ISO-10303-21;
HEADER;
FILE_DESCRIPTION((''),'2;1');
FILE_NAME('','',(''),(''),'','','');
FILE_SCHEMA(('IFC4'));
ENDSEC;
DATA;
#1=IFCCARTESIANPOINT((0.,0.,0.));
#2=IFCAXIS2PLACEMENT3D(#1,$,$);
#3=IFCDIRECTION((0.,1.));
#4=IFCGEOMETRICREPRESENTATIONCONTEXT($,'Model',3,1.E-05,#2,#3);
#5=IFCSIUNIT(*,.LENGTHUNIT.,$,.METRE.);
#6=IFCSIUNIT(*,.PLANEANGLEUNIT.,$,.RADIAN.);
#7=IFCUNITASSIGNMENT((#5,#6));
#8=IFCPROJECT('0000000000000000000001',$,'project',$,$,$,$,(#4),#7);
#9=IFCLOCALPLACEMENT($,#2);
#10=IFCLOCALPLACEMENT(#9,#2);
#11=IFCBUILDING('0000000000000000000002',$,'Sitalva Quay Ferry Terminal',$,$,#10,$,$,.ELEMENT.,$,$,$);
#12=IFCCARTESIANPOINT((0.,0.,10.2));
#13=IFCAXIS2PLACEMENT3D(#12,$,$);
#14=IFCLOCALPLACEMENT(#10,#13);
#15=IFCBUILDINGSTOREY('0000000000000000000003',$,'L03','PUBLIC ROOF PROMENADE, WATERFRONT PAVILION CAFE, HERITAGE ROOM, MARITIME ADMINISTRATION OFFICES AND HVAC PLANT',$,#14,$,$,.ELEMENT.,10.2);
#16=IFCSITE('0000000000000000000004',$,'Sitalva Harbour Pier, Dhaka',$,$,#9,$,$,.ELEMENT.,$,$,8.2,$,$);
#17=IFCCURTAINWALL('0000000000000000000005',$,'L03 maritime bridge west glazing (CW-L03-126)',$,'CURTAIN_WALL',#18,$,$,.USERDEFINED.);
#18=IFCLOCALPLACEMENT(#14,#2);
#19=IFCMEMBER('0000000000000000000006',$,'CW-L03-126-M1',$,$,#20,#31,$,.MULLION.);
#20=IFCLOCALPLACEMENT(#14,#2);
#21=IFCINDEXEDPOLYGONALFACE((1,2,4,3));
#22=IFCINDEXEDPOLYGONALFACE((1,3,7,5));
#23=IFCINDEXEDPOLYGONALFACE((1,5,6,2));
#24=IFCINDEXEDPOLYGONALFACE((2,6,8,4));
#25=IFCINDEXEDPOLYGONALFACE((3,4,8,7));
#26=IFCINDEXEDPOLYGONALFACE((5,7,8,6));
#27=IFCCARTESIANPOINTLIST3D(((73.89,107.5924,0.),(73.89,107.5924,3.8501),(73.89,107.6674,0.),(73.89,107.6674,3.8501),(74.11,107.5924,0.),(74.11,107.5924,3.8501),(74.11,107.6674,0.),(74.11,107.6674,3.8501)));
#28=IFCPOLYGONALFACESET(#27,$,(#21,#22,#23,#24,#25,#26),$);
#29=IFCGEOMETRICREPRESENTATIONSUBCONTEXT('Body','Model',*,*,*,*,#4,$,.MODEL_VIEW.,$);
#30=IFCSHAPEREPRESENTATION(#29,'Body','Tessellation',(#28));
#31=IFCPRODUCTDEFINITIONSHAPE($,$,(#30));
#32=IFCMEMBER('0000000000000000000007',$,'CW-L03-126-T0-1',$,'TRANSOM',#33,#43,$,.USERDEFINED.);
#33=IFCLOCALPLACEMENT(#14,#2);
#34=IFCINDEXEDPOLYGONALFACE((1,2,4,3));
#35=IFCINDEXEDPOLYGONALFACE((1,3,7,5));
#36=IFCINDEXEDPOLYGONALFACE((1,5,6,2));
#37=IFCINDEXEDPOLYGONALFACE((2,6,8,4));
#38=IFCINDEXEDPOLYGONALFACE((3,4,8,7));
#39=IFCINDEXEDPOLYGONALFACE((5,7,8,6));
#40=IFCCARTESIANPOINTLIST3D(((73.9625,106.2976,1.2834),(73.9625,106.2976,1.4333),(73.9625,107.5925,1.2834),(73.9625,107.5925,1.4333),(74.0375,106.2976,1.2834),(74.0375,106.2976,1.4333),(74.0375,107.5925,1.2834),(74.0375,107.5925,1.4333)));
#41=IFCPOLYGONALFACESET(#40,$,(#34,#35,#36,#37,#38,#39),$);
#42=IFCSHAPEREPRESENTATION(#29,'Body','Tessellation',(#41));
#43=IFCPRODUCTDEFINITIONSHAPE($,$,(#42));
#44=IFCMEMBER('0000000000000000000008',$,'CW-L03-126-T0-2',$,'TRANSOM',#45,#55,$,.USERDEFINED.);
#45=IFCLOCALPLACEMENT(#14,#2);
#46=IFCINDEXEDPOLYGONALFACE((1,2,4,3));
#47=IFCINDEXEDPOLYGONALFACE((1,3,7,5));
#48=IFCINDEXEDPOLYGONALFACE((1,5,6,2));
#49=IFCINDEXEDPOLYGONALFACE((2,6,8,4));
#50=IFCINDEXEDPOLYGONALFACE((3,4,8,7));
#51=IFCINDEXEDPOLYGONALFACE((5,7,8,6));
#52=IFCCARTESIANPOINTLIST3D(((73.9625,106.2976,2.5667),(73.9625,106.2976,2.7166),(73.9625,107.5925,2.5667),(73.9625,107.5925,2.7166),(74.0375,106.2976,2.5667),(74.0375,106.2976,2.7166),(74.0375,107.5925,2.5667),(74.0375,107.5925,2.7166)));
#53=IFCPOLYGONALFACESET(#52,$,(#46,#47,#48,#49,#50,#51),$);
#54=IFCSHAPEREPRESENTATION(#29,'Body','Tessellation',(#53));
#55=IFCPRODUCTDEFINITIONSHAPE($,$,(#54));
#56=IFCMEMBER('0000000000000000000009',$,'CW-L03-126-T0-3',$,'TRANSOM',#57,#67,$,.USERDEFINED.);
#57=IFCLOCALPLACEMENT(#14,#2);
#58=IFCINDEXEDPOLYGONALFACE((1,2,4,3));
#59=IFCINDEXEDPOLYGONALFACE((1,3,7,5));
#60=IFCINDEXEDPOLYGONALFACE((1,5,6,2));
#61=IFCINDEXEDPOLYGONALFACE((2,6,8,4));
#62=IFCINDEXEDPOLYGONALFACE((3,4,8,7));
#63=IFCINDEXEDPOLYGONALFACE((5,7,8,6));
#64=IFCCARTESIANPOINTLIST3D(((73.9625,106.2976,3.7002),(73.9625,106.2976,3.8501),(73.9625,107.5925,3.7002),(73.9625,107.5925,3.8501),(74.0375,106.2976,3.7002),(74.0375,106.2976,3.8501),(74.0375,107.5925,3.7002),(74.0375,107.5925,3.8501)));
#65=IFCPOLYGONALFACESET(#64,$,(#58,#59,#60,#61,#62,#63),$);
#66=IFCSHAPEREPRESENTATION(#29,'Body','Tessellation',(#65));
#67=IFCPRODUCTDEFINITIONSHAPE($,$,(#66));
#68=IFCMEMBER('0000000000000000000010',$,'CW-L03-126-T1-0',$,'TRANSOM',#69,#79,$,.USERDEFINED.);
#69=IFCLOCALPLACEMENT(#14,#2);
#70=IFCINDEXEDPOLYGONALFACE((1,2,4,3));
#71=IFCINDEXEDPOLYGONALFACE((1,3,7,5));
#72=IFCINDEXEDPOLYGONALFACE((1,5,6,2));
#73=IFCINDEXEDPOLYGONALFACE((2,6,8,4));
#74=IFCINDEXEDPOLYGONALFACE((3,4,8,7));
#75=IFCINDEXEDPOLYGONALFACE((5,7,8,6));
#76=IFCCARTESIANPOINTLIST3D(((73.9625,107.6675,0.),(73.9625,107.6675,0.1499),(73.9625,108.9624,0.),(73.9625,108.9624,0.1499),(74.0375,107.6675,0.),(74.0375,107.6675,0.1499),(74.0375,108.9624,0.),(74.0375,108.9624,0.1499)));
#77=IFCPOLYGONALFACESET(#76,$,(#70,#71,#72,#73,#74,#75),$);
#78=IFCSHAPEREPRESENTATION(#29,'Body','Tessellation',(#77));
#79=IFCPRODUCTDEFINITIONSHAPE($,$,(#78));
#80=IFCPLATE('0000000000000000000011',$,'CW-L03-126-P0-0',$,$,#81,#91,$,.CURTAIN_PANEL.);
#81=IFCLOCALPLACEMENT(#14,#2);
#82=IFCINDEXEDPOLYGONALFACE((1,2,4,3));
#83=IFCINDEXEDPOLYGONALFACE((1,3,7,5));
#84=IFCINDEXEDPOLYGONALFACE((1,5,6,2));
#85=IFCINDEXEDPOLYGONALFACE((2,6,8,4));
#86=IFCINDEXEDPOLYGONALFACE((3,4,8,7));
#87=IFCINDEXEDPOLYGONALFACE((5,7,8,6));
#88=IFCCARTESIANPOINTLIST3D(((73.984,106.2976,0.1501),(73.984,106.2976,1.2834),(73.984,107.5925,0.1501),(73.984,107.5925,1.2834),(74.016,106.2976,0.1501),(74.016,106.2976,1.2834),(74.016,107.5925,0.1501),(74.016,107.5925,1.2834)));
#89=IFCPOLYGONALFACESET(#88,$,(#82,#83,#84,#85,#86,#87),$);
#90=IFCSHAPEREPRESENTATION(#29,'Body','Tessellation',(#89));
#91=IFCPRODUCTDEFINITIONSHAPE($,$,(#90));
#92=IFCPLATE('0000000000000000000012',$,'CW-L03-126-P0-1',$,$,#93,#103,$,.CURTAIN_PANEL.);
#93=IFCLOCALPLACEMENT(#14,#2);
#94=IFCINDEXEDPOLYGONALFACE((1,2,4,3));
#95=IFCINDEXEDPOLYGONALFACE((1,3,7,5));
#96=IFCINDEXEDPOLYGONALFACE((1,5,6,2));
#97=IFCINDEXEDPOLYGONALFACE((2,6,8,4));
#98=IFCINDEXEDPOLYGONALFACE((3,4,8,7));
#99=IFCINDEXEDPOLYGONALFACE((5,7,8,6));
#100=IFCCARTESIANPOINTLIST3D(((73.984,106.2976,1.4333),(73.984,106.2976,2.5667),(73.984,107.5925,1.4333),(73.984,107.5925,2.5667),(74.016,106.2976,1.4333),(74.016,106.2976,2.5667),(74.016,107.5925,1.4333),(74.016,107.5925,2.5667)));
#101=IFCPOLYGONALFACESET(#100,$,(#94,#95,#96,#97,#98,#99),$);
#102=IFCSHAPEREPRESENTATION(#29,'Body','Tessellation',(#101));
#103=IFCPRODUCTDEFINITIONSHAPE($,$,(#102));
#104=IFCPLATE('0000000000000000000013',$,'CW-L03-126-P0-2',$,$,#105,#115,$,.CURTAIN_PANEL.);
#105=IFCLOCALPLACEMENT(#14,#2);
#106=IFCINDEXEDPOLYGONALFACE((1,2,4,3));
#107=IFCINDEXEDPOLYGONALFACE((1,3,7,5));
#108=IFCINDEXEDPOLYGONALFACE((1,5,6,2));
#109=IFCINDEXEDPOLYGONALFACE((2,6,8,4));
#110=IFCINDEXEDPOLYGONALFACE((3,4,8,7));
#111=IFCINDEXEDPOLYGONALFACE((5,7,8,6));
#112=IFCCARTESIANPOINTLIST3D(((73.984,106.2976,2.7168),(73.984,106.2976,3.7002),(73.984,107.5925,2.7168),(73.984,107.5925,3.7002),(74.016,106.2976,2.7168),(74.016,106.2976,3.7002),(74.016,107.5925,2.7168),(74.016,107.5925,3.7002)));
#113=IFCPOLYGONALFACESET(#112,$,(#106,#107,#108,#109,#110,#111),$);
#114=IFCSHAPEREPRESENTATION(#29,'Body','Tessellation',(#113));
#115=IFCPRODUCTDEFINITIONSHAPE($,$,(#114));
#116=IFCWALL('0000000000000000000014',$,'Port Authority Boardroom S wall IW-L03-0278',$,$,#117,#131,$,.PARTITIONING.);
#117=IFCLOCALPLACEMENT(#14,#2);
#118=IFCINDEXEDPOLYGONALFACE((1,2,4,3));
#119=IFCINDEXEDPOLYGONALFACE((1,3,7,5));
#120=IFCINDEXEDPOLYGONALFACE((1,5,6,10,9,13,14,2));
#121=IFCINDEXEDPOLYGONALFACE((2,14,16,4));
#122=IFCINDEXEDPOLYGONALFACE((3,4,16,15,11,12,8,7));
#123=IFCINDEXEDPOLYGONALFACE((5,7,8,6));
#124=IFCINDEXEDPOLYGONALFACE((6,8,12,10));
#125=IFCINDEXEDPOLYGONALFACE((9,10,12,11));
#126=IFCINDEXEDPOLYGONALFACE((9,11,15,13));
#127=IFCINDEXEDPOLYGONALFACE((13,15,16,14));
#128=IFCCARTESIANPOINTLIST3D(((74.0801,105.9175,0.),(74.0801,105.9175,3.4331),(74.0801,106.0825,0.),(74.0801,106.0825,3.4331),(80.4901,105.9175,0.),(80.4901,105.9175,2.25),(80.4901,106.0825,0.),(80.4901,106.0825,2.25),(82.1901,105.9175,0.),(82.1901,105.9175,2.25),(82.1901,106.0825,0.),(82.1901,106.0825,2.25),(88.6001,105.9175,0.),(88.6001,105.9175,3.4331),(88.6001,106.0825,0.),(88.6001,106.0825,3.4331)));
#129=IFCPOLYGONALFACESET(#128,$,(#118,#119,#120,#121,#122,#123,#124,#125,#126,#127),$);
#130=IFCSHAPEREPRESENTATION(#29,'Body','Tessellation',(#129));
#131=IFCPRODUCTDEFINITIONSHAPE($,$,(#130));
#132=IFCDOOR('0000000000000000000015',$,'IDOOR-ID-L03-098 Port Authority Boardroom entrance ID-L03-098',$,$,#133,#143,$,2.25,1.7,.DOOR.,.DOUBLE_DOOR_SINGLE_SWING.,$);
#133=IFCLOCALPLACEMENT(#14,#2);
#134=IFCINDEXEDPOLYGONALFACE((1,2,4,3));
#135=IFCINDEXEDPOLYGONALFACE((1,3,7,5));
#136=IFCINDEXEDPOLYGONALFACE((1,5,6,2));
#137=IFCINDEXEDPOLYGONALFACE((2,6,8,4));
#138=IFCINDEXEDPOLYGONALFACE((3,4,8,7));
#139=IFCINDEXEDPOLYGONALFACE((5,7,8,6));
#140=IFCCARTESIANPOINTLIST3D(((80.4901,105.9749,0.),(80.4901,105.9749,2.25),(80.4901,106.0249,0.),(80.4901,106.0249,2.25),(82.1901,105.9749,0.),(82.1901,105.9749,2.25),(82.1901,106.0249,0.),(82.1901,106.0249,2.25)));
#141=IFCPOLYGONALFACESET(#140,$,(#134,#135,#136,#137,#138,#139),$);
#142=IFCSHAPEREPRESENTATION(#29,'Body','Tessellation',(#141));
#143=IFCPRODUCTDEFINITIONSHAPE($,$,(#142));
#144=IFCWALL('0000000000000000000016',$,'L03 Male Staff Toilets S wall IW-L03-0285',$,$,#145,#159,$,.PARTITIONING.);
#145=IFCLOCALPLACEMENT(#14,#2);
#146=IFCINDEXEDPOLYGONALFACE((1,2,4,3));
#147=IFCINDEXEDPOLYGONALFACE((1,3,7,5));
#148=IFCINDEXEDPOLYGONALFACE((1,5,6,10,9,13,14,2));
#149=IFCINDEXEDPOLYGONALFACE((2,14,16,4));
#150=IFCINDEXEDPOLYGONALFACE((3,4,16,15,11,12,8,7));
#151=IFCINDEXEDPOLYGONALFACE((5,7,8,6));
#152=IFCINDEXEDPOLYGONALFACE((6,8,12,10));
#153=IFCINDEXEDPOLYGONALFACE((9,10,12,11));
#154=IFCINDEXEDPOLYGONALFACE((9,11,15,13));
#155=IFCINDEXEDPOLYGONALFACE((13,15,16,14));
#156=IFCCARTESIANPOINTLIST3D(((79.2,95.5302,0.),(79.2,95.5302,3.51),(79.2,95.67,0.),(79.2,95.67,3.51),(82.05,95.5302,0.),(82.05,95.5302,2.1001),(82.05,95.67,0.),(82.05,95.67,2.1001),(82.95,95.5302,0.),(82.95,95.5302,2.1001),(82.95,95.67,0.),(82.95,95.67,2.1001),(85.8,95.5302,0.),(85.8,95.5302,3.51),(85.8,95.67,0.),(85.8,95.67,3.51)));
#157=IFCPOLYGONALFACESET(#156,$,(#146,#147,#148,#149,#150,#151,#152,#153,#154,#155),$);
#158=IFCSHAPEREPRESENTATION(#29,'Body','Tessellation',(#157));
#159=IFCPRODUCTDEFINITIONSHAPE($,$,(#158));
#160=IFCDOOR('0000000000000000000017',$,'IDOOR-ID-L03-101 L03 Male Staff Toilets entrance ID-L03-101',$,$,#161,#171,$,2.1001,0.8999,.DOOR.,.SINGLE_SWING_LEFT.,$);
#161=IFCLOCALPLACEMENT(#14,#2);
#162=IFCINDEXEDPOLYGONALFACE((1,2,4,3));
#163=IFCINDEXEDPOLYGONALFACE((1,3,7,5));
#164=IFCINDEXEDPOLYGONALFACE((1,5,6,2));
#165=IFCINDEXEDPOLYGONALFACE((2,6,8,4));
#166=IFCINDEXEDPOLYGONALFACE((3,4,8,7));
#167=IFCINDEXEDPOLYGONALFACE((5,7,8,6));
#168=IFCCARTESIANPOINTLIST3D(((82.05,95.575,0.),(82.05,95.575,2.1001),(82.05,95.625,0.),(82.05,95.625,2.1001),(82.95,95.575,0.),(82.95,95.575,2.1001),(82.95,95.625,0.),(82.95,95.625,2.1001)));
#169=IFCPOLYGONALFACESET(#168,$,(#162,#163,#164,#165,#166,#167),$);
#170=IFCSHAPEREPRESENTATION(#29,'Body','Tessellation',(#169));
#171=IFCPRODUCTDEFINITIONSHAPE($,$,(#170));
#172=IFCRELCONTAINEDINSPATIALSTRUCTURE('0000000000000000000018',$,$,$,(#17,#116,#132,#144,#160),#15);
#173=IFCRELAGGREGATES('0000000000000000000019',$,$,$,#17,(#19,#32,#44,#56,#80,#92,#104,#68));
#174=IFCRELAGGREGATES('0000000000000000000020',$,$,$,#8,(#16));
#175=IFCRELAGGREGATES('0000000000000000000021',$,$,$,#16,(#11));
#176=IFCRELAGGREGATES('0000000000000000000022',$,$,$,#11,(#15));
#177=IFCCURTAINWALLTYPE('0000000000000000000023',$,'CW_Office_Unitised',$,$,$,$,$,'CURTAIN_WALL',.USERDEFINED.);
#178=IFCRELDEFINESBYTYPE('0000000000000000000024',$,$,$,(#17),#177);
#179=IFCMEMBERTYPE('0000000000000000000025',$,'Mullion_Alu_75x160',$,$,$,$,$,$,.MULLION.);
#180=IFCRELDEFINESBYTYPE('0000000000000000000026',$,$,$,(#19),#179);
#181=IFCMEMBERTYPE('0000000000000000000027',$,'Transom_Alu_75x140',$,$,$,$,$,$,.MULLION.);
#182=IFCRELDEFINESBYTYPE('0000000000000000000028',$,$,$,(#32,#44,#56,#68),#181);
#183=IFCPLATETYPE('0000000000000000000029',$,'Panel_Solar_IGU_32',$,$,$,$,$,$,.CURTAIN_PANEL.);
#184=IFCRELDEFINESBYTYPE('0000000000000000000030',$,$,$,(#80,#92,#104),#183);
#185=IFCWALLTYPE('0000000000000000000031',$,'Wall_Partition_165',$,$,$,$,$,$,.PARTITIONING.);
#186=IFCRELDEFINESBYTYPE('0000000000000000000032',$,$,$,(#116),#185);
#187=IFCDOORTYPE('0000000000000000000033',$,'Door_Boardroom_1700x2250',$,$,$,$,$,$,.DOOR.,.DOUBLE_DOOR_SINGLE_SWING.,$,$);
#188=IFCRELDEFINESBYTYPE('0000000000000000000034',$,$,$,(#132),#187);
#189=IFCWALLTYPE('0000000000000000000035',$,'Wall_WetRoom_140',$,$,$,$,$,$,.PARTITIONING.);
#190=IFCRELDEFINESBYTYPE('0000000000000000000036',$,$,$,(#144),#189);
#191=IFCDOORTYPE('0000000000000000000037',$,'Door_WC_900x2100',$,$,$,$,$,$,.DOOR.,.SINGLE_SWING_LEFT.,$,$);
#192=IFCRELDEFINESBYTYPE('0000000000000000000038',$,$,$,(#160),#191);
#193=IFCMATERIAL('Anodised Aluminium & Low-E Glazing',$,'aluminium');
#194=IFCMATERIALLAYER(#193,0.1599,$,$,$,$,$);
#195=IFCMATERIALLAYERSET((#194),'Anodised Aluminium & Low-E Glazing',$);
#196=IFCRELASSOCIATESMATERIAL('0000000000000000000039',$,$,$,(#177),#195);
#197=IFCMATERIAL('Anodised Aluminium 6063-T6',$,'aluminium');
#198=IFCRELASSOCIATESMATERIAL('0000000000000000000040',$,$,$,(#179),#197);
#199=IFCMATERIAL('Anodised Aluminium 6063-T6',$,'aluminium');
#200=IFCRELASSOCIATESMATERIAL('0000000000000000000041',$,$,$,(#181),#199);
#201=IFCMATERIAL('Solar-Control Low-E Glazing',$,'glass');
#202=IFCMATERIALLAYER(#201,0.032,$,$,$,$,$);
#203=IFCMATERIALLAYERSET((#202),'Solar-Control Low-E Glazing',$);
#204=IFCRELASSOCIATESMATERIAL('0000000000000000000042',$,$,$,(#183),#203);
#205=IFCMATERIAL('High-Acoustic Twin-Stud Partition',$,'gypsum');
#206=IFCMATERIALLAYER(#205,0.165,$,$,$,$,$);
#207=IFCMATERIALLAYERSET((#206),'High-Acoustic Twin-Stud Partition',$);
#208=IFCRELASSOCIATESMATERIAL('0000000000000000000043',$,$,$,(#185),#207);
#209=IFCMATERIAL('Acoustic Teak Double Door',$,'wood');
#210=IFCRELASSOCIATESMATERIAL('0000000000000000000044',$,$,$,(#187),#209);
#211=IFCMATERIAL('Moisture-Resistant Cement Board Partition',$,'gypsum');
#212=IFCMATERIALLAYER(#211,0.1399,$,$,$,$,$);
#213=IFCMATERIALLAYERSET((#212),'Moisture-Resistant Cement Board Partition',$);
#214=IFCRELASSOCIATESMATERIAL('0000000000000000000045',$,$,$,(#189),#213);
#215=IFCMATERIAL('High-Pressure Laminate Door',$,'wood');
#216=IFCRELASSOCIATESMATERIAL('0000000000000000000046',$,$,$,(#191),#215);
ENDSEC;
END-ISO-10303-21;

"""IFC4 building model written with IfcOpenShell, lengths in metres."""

from ifc_helpers import new_model, si_unit, direction, frame, frame_2d, origin, origin_2d, place, context, subcontext, project, spatial, rectangle, extrude, material, layer, layer_set, material_profile, profile_set, type_object, element, fill, aggregate, save


model = new_model("IFC4")

# Units and contexts
model_context = context("Model", 3, precision=1e-05, world=origin(), true_north=direction((0.0, 1.0)))
body_context = subcontext(model_context, "Body", "Model", "MODEL_VIEW")
ifc_project = project(units=[si_unit("LENGTHUNIT", "METRE"), si_unit("PLANEANGLEUNIT", "RADIAN")], contexts=[model_context])

# Site, building, storey
site_placement = place(None, origin())
site = spatial("IfcSite", under=ifc_project, at=site_placement, Name="Sitalva Harbour Pier, Dhaka", CompositionType="ELEMENT", RefElevation=8.2)
building_placement = place(site_placement, origin())
building = spatial("IfcBuilding", under=site, at=building_placement, Name="Sitalva Quay Ferry Terminal", CompositionType="ELEMENT")
storey_placement = place(building_placement, frame((0.0, 0.0, 10.2)))
storey = spatial("IfcBuildingStorey", under=building, at=storey_placement, Name="L03", Description="PUBLIC ROOF PROMENADE, WATERFRONT PAVILION CAFE, HERITAGE ROOM, MARITIME ADMINISTRATION OFFICES AND HVAC PLANT", CompositionType="ELEMENT", Elevation=10.2)

# Curtain wall, members, plates
ifc_material_1 = material(Name="Anodised Aluminium & Low-E Glazing", Category="aluminium")
ifc_layer_1 = layer(ifc_material_1, 0.1599)
ifc_layer_set_1 = layer_set([ifc_layer_1], Name="Anodised Aluminium & Low-E Glazing")
curtain_wall_type = type_object("IfcCurtainWallType", Name="CW_Office_Unitised", ElementType="CURTAIN_WALL", PredefinedType="USERDEFINED", material=ifc_layer_set_1)
curtain_wall_placement = place(storey_placement, origin())
curtain_wall = element("IfcCurtainWall", 1, at=curtain_wall_placement, inside=storey, type_object=curtain_wall_type, Name="L03 maritime bridge west glazing (CW-L03-126)", ObjectType="CURTAIN_WALL", PredefinedType="USERDEFINED")
ifc_material_2 = material(Name="Anodised Aluminium 6063-T6", Category="aluminium")
ifc_material_profile_1 = material_profile(ifc_material_2, rectangle(XDim=0.075, YDim=0.22, at=origin_2d()), Name="ALU75x220")
ifc_profile_set_1 = profile_set([ifc_material_profile_1], Name="Anodised Aluminium 6063-T6")
member_type_1 = type_object("IfcMemberType", Name="Mullion_Alu_75x160", PredefinedType="MULLION", material=ifc_profile_set_1)
member_1_placement = place(storey_placement, frame((74.0, 107.6299, 0.0), z_axis=(0.0, 0.0, 1.0), x_axis=(0.0, 1.0, 0.0)))
member_1 = element("IfcMember", 2, at=member_1_placement, type_object=member_type_1, Name="CW-L03-126-M1", PredefinedType="MULLION", context=body_context, shape_type="SweptSolid", body=[
    extrude(rectangle(XDim=0.075, YDim=0.22, at=origin_2d()), origin(), (0.0, 0.0, 1.0), 3.8501),
])
ifc_material_3 = material(Name="Anodised Aluminium 6063-T6", Category="aluminium")
ifc_material_profile_2 = material_profile(ifc_material_3, rectangle(XDim=0.075, YDim=0.1499, at=origin_2d()), Name="ALU75x150")
ifc_profile_set_2 = profile_set([ifc_material_profile_2], Name="Anodised Aluminium 6063-T6")
member_type_2 = type_object("IfcMemberType", Name="Transom_Alu_75x140", PredefinedType="MULLION", material=ifc_profile_set_2)
member_2_placement = place(storey_placement, frame((74.0, 106.2976, 1.3584), z_axis=(0.0, 1.0, 0.0), x_axis=(-1.0, 0.0, 0.0)))
member_2 = element("IfcMember", 3, at=member_2_placement, type_object=member_type_2, Name="CW-L03-126-T0-1", ObjectType="TRANSOM", PredefinedType="USERDEFINED", context=body_context, shape_type="SweptSolid", body=[
    extrude(rectangle(XDim=0.075, YDim=0.1499, at=origin_2d()), origin(), (0.0, 0.0, 1.0), 1.2949),
])
member_3_placement = place(storey_placement, frame((74.0, 106.2976, 2.6416), z_axis=(0.0, 1.0, 0.0), x_axis=(-1.0, 0.0, 0.0)))
member_3 = element("IfcMember", 4, at=member_3_placement, type_object=member_type_2, Name="CW-L03-126-T0-2", ObjectType="TRANSOM", PredefinedType="USERDEFINED", context=body_context, shape_type="SweptSolid", body=[
    extrude(rectangle(XDim=0.075, YDim=0.1499, at=origin_2d()), origin(), (0.0, 0.0, 1.0), 1.2949),
])
member_4_placement = place(storey_placement, frame((74.0, 106.2976, 3.7751), z_axis=(0.0, 1.0, 0.0), x_axis=(-1.0, 0.0, 0.0)))
member_4 = element("IfcMember", 5, at=member_4_placement, type_object=member_type_2, Name="CW-L03-126-T0-3", ObjectType="TRANSOM", PredefinedType="USERDEFINED", context=body_context, shape_type="SweptSolid", body=[
    extrude(rectangle(XDim=0.075, YDim=0.1499, at=origin_2d()), origin(), (0.0, 0.0, 1.0), 1.2949),
])
member_5_placement = place(storey_placement, frame((74.0, 107.6675, 0.075), z_axis=(0.0, 1.0, 0.0), x_axis=(-1.0, 0.0, 0.0)))
member_5 = element("IfcMember", 6, at=member_5_placement, type_object=member_type_2, Name="CW-L03-126-T1-0", ObjectType="TRANSOM", PredefinedType="USERDEFINED", context=body_context, shape_type="SweptSolid", body=[
    extrude(rectangle(XDim=0.075, YDim=0.1499, at=origin_2d()), origin(), (0.0, 0.0, 1.0), 1.2949),
])
ifc_material_4 = material(Name="Solar-Control Low-E Glazing", Category="glass")
ifc_layer_2 = layer(ifc_material_4, 0.032)
ifc_layer_set_2 = layer_set([ifc_layer_2], Name="Solar-Control Low-E Glazing")
plate_type = type_object("IfcPlateType", Name="Panel_Solar_IGU_32", PredefinedType="CURTAIN_PANEL", material=ifc_layer_set_2)
plate_1_placement = place(storey_placement, frame((74.0, 106.9451, 0.1501), z_axis=(0.0, 0.0, 1.0), x_axis=(0.0, 1.0, 0.0)))
plate_1 = element("IfcPlate", 7, at=plate_1_placement, type_object=plate_type, Name="CW-L03-126-P0-0", PredefinedType="CURTAIN_PANEL", context=body_context, shape_type="SweptSolid", body=[
    extrude(rectangle(XDim=1.2949, YDim=0.032, at=origin_2d()), origin(), (0.0, 0.0, 1.0), 1.1333),
])
plate_2_placement = place(storey_placement, frame((74.0, 106.9451, 1.4333), z_axis=(0.0, 0.0, 1.0), x_axis=(0.0, 1.0, 0.0)))
plate_2 = element("IfcPlate", 8, at=plate_2_placement, type_object=plate_type, Name="CW-L03-126-P0-1", PredefinedType="CURTAIN_PANEL", context=body_context, shape_type="SweptSolid", body=[
    extrude(rectangle(XDim=1.2949, YDim=0.032, at=origin_2d()), origin(), (0.0, 0.0, 1.0), 1.1333),
])
plate_3_placement = place(storey_placement, frame((74.0, 106.9451, 2.7168), z_axis=(0.0, 0.0, 1.0), x_axis=(0.0, 1.0, 0.0)))
plate_3 = element("IfcPlate", 9, at=plate_3_placement, type_object=plate_type, Name="CW-L03-126-P0-2", PredefinedType="CURTAIN_PANEL", context=body_context, shape_type="SweptSolid", body=[
    extrude(rectangle(XDim=1.2949, YDim=0.032, at=origin_2d()), origin(), (0.0, 0.0, 1.0), 0.9834),
])
aggregate(curtain_wall, [member_1, member_2, member_3, member_4, plate_1, plate_2, plate_3, member_5])

# Walls, openings, doors
ifc_material_5 = material(Name="High-Acoustic Twin-Stud Partition", Category="gypsum")
ifc_layer_3 = layer(ifc_material_5, 0.165)
ifc_layer_set_3 = layer_set([ifc_layer_3], Name="High-Acoustic Twin-Stud Partition")
wall_type_1 = type_object("IfcWallType", Name="Wall_Partition_165", PredefinedType="PARTITIONING", material=ifc_layer_set_3)
wall_1_placement = place(storey_placement, frame((74.0801, 106.0, 0.0), z_axis=(0.0, 0.0, 1.0), x_axis=(1.0, 0.0, 0.0)))
wall_1 = element("IfcWall", 10, at=wall_1_placement, inside=storey, type_object=wall_type_1, Name="Port Authority Boardroom S wall IW-L03-0278", PredefinedType="PARTITIONING", context=body_context, shape_type="SweptSolid", body=[
    extrude(rectangle(XDim=14.52, YDim=0.165, at=frame_2d((7.26, 0.0))), origin(), (0.0, 0.0, 1.0), 3.4331),
])
opening_1_placement = place(wall_1_placement, frame((6.4099, 0.0, 0.0)))
opening_1 = element("IfcOpeningElement", 11, at=opening_1_placement, cuts=wall_1, PredefinedType="OPENING", context=body_context, shape_type="SweptSolid", body=[
    extrude(rectangle(XDim=1.7, YDim=2.25, at=frame_2d((0.8501, 1.125))), frame((0.0, 0.0925, 0.0), z_axis=(0.0, -1.0, 0.0), x_axis=(1.0, 0.0, 0.0)), (0.0, 0.0, 1.0), 0.1851),
])
ifc_material_6 = material(Name="Acoustic Teak Double Door", Category="wood")
door_type_1 = type_object("IfcDoorType", Name="Door_Boardroom_1700x2250", OperationType="DOUBLE_DOOR_SINGLE_SWING", PredefinedType="DOOR", material=ifc_material_6)
door_1_placement = place(opening_1_placement, origin())
door_1 = element("IfcDoor", 12, at=door_1_placement, inside=storey, type_object=door_type_1, Name="IDOOR-ID-L03-098 Port Authority Boardroom entrance ID-L03-098", OperationType="DOUBLE_DOOR_SINGLE_SWING", OverallHeight=2.25, OverallWidth=1.7, PredefinedType="DOOR", context=body_context, shape_type="SweptSolid", body=[
    extrude(rectangle(XDim=1.7, YDim=2.25, at=frame_2d((0.8501, 1.125))), frame((0.0, 0.0249, 0.0), z_axis=(0.0, -1.0, 0.0), x_axis=(1.0, 0.0, 0.0)), (0.0, 0.0, 1.0), 0.05),
])
fill(opening_1, door_1)
ifc_material_7 = material(Name="Moisture-Resistant Cement Board Partition", Category="gypsum")
ifc_layer_4 = layer(ifc_material_7, 0.1399)
ifc_layer_set_4 = layer_set([ifc_layer_4], Name="Moisture-Resistant Cement Board Partition")
wall_type_2 = type_object("IfcWallType", Name="Wall_WetRoom_140", PredefinedType="PARTITIONING", material=ifc_layer_set_4)
wall_2_placement = place(storey_placement, frame((79.2, 95.6001, 0.0), z_axis=(0.0, 0.0, 1.0), x_axis=(1.0, 0.0, 0.0)))
wall_2 = element("IfcWall", 13, at=wall_2_placement, inside=storey, type_object=wall_type_2, Name="L03 Male Staff Toilets S wall IW-L03-0285", PredefinedType="PARTITIONING", context=body_context, shape_type="SweptSolid", body=[
    extrude(rectangle(XDim=6.6001, YDim=0.1399, at=frame_2d((3.3, 0.0))), origin(), (0.0, 0.0, 1.0), 3.51),
])
opening_2_placement = place(wall_2_placement, frame((2.8501, 0.0, 0.0)))
opening_2 = element("IfcOpeningElement", 14, at=opening_2_placement, cuts=wall_2, PredefinedType="OPENING", context=body_context, shape_type="SweptSolid", body=[
    extrude(rectangle(XDim=0.8999, YDim=2.1001, at=frame_2d((0.45, 1.05))), frame((0.0, 0.0798, 0.0), z_axis=(0.0, -1.0, 0.0), x_axis=(1.0, 0.0, 0.0)), (0.0, 0.0, 1.0), 0.1599),
])
ifc_material_8 = material(Name="High-Pressure Laminate Door", Category="wood")
door_type_2 = type_object("IfcDoorType", Name="Door_WC_900x2100", OperationType="SINGLE_SWING_LEFT", PredefinedType="DOOR", material=ifc_material_8)
door_2_placement = place(opening_2_placement, origin())
door_2 = element("IfcDoor", 15, at=door_2_placement, inside=storey, type_object=door_type_2, Name="IDOOR-ID-L03-101 L03 Male Staff Toilets entrance ID-L03-101", OperationType="SINGLE_SWING_LEFT", OverallHeight=2.1001, OverallWidth=0.8999, PredefinedType="DOOR", context=body_context, shape_type="SweptSolid", body=[
    extrude(rectangle(XDim=0.8999, YDim=2.1001, at=frame_2d((0.45, 1.05))), frame((0.0, 0.0249, 0.0), z_axis=(0.0, -1.0, 0.0), x_axis=(1.0, 0.0, 0.0)), (0.0, 0.0, 1.0), 0.05),
])
fill(opening_2, door_2)

save(model, "model.ifc")
